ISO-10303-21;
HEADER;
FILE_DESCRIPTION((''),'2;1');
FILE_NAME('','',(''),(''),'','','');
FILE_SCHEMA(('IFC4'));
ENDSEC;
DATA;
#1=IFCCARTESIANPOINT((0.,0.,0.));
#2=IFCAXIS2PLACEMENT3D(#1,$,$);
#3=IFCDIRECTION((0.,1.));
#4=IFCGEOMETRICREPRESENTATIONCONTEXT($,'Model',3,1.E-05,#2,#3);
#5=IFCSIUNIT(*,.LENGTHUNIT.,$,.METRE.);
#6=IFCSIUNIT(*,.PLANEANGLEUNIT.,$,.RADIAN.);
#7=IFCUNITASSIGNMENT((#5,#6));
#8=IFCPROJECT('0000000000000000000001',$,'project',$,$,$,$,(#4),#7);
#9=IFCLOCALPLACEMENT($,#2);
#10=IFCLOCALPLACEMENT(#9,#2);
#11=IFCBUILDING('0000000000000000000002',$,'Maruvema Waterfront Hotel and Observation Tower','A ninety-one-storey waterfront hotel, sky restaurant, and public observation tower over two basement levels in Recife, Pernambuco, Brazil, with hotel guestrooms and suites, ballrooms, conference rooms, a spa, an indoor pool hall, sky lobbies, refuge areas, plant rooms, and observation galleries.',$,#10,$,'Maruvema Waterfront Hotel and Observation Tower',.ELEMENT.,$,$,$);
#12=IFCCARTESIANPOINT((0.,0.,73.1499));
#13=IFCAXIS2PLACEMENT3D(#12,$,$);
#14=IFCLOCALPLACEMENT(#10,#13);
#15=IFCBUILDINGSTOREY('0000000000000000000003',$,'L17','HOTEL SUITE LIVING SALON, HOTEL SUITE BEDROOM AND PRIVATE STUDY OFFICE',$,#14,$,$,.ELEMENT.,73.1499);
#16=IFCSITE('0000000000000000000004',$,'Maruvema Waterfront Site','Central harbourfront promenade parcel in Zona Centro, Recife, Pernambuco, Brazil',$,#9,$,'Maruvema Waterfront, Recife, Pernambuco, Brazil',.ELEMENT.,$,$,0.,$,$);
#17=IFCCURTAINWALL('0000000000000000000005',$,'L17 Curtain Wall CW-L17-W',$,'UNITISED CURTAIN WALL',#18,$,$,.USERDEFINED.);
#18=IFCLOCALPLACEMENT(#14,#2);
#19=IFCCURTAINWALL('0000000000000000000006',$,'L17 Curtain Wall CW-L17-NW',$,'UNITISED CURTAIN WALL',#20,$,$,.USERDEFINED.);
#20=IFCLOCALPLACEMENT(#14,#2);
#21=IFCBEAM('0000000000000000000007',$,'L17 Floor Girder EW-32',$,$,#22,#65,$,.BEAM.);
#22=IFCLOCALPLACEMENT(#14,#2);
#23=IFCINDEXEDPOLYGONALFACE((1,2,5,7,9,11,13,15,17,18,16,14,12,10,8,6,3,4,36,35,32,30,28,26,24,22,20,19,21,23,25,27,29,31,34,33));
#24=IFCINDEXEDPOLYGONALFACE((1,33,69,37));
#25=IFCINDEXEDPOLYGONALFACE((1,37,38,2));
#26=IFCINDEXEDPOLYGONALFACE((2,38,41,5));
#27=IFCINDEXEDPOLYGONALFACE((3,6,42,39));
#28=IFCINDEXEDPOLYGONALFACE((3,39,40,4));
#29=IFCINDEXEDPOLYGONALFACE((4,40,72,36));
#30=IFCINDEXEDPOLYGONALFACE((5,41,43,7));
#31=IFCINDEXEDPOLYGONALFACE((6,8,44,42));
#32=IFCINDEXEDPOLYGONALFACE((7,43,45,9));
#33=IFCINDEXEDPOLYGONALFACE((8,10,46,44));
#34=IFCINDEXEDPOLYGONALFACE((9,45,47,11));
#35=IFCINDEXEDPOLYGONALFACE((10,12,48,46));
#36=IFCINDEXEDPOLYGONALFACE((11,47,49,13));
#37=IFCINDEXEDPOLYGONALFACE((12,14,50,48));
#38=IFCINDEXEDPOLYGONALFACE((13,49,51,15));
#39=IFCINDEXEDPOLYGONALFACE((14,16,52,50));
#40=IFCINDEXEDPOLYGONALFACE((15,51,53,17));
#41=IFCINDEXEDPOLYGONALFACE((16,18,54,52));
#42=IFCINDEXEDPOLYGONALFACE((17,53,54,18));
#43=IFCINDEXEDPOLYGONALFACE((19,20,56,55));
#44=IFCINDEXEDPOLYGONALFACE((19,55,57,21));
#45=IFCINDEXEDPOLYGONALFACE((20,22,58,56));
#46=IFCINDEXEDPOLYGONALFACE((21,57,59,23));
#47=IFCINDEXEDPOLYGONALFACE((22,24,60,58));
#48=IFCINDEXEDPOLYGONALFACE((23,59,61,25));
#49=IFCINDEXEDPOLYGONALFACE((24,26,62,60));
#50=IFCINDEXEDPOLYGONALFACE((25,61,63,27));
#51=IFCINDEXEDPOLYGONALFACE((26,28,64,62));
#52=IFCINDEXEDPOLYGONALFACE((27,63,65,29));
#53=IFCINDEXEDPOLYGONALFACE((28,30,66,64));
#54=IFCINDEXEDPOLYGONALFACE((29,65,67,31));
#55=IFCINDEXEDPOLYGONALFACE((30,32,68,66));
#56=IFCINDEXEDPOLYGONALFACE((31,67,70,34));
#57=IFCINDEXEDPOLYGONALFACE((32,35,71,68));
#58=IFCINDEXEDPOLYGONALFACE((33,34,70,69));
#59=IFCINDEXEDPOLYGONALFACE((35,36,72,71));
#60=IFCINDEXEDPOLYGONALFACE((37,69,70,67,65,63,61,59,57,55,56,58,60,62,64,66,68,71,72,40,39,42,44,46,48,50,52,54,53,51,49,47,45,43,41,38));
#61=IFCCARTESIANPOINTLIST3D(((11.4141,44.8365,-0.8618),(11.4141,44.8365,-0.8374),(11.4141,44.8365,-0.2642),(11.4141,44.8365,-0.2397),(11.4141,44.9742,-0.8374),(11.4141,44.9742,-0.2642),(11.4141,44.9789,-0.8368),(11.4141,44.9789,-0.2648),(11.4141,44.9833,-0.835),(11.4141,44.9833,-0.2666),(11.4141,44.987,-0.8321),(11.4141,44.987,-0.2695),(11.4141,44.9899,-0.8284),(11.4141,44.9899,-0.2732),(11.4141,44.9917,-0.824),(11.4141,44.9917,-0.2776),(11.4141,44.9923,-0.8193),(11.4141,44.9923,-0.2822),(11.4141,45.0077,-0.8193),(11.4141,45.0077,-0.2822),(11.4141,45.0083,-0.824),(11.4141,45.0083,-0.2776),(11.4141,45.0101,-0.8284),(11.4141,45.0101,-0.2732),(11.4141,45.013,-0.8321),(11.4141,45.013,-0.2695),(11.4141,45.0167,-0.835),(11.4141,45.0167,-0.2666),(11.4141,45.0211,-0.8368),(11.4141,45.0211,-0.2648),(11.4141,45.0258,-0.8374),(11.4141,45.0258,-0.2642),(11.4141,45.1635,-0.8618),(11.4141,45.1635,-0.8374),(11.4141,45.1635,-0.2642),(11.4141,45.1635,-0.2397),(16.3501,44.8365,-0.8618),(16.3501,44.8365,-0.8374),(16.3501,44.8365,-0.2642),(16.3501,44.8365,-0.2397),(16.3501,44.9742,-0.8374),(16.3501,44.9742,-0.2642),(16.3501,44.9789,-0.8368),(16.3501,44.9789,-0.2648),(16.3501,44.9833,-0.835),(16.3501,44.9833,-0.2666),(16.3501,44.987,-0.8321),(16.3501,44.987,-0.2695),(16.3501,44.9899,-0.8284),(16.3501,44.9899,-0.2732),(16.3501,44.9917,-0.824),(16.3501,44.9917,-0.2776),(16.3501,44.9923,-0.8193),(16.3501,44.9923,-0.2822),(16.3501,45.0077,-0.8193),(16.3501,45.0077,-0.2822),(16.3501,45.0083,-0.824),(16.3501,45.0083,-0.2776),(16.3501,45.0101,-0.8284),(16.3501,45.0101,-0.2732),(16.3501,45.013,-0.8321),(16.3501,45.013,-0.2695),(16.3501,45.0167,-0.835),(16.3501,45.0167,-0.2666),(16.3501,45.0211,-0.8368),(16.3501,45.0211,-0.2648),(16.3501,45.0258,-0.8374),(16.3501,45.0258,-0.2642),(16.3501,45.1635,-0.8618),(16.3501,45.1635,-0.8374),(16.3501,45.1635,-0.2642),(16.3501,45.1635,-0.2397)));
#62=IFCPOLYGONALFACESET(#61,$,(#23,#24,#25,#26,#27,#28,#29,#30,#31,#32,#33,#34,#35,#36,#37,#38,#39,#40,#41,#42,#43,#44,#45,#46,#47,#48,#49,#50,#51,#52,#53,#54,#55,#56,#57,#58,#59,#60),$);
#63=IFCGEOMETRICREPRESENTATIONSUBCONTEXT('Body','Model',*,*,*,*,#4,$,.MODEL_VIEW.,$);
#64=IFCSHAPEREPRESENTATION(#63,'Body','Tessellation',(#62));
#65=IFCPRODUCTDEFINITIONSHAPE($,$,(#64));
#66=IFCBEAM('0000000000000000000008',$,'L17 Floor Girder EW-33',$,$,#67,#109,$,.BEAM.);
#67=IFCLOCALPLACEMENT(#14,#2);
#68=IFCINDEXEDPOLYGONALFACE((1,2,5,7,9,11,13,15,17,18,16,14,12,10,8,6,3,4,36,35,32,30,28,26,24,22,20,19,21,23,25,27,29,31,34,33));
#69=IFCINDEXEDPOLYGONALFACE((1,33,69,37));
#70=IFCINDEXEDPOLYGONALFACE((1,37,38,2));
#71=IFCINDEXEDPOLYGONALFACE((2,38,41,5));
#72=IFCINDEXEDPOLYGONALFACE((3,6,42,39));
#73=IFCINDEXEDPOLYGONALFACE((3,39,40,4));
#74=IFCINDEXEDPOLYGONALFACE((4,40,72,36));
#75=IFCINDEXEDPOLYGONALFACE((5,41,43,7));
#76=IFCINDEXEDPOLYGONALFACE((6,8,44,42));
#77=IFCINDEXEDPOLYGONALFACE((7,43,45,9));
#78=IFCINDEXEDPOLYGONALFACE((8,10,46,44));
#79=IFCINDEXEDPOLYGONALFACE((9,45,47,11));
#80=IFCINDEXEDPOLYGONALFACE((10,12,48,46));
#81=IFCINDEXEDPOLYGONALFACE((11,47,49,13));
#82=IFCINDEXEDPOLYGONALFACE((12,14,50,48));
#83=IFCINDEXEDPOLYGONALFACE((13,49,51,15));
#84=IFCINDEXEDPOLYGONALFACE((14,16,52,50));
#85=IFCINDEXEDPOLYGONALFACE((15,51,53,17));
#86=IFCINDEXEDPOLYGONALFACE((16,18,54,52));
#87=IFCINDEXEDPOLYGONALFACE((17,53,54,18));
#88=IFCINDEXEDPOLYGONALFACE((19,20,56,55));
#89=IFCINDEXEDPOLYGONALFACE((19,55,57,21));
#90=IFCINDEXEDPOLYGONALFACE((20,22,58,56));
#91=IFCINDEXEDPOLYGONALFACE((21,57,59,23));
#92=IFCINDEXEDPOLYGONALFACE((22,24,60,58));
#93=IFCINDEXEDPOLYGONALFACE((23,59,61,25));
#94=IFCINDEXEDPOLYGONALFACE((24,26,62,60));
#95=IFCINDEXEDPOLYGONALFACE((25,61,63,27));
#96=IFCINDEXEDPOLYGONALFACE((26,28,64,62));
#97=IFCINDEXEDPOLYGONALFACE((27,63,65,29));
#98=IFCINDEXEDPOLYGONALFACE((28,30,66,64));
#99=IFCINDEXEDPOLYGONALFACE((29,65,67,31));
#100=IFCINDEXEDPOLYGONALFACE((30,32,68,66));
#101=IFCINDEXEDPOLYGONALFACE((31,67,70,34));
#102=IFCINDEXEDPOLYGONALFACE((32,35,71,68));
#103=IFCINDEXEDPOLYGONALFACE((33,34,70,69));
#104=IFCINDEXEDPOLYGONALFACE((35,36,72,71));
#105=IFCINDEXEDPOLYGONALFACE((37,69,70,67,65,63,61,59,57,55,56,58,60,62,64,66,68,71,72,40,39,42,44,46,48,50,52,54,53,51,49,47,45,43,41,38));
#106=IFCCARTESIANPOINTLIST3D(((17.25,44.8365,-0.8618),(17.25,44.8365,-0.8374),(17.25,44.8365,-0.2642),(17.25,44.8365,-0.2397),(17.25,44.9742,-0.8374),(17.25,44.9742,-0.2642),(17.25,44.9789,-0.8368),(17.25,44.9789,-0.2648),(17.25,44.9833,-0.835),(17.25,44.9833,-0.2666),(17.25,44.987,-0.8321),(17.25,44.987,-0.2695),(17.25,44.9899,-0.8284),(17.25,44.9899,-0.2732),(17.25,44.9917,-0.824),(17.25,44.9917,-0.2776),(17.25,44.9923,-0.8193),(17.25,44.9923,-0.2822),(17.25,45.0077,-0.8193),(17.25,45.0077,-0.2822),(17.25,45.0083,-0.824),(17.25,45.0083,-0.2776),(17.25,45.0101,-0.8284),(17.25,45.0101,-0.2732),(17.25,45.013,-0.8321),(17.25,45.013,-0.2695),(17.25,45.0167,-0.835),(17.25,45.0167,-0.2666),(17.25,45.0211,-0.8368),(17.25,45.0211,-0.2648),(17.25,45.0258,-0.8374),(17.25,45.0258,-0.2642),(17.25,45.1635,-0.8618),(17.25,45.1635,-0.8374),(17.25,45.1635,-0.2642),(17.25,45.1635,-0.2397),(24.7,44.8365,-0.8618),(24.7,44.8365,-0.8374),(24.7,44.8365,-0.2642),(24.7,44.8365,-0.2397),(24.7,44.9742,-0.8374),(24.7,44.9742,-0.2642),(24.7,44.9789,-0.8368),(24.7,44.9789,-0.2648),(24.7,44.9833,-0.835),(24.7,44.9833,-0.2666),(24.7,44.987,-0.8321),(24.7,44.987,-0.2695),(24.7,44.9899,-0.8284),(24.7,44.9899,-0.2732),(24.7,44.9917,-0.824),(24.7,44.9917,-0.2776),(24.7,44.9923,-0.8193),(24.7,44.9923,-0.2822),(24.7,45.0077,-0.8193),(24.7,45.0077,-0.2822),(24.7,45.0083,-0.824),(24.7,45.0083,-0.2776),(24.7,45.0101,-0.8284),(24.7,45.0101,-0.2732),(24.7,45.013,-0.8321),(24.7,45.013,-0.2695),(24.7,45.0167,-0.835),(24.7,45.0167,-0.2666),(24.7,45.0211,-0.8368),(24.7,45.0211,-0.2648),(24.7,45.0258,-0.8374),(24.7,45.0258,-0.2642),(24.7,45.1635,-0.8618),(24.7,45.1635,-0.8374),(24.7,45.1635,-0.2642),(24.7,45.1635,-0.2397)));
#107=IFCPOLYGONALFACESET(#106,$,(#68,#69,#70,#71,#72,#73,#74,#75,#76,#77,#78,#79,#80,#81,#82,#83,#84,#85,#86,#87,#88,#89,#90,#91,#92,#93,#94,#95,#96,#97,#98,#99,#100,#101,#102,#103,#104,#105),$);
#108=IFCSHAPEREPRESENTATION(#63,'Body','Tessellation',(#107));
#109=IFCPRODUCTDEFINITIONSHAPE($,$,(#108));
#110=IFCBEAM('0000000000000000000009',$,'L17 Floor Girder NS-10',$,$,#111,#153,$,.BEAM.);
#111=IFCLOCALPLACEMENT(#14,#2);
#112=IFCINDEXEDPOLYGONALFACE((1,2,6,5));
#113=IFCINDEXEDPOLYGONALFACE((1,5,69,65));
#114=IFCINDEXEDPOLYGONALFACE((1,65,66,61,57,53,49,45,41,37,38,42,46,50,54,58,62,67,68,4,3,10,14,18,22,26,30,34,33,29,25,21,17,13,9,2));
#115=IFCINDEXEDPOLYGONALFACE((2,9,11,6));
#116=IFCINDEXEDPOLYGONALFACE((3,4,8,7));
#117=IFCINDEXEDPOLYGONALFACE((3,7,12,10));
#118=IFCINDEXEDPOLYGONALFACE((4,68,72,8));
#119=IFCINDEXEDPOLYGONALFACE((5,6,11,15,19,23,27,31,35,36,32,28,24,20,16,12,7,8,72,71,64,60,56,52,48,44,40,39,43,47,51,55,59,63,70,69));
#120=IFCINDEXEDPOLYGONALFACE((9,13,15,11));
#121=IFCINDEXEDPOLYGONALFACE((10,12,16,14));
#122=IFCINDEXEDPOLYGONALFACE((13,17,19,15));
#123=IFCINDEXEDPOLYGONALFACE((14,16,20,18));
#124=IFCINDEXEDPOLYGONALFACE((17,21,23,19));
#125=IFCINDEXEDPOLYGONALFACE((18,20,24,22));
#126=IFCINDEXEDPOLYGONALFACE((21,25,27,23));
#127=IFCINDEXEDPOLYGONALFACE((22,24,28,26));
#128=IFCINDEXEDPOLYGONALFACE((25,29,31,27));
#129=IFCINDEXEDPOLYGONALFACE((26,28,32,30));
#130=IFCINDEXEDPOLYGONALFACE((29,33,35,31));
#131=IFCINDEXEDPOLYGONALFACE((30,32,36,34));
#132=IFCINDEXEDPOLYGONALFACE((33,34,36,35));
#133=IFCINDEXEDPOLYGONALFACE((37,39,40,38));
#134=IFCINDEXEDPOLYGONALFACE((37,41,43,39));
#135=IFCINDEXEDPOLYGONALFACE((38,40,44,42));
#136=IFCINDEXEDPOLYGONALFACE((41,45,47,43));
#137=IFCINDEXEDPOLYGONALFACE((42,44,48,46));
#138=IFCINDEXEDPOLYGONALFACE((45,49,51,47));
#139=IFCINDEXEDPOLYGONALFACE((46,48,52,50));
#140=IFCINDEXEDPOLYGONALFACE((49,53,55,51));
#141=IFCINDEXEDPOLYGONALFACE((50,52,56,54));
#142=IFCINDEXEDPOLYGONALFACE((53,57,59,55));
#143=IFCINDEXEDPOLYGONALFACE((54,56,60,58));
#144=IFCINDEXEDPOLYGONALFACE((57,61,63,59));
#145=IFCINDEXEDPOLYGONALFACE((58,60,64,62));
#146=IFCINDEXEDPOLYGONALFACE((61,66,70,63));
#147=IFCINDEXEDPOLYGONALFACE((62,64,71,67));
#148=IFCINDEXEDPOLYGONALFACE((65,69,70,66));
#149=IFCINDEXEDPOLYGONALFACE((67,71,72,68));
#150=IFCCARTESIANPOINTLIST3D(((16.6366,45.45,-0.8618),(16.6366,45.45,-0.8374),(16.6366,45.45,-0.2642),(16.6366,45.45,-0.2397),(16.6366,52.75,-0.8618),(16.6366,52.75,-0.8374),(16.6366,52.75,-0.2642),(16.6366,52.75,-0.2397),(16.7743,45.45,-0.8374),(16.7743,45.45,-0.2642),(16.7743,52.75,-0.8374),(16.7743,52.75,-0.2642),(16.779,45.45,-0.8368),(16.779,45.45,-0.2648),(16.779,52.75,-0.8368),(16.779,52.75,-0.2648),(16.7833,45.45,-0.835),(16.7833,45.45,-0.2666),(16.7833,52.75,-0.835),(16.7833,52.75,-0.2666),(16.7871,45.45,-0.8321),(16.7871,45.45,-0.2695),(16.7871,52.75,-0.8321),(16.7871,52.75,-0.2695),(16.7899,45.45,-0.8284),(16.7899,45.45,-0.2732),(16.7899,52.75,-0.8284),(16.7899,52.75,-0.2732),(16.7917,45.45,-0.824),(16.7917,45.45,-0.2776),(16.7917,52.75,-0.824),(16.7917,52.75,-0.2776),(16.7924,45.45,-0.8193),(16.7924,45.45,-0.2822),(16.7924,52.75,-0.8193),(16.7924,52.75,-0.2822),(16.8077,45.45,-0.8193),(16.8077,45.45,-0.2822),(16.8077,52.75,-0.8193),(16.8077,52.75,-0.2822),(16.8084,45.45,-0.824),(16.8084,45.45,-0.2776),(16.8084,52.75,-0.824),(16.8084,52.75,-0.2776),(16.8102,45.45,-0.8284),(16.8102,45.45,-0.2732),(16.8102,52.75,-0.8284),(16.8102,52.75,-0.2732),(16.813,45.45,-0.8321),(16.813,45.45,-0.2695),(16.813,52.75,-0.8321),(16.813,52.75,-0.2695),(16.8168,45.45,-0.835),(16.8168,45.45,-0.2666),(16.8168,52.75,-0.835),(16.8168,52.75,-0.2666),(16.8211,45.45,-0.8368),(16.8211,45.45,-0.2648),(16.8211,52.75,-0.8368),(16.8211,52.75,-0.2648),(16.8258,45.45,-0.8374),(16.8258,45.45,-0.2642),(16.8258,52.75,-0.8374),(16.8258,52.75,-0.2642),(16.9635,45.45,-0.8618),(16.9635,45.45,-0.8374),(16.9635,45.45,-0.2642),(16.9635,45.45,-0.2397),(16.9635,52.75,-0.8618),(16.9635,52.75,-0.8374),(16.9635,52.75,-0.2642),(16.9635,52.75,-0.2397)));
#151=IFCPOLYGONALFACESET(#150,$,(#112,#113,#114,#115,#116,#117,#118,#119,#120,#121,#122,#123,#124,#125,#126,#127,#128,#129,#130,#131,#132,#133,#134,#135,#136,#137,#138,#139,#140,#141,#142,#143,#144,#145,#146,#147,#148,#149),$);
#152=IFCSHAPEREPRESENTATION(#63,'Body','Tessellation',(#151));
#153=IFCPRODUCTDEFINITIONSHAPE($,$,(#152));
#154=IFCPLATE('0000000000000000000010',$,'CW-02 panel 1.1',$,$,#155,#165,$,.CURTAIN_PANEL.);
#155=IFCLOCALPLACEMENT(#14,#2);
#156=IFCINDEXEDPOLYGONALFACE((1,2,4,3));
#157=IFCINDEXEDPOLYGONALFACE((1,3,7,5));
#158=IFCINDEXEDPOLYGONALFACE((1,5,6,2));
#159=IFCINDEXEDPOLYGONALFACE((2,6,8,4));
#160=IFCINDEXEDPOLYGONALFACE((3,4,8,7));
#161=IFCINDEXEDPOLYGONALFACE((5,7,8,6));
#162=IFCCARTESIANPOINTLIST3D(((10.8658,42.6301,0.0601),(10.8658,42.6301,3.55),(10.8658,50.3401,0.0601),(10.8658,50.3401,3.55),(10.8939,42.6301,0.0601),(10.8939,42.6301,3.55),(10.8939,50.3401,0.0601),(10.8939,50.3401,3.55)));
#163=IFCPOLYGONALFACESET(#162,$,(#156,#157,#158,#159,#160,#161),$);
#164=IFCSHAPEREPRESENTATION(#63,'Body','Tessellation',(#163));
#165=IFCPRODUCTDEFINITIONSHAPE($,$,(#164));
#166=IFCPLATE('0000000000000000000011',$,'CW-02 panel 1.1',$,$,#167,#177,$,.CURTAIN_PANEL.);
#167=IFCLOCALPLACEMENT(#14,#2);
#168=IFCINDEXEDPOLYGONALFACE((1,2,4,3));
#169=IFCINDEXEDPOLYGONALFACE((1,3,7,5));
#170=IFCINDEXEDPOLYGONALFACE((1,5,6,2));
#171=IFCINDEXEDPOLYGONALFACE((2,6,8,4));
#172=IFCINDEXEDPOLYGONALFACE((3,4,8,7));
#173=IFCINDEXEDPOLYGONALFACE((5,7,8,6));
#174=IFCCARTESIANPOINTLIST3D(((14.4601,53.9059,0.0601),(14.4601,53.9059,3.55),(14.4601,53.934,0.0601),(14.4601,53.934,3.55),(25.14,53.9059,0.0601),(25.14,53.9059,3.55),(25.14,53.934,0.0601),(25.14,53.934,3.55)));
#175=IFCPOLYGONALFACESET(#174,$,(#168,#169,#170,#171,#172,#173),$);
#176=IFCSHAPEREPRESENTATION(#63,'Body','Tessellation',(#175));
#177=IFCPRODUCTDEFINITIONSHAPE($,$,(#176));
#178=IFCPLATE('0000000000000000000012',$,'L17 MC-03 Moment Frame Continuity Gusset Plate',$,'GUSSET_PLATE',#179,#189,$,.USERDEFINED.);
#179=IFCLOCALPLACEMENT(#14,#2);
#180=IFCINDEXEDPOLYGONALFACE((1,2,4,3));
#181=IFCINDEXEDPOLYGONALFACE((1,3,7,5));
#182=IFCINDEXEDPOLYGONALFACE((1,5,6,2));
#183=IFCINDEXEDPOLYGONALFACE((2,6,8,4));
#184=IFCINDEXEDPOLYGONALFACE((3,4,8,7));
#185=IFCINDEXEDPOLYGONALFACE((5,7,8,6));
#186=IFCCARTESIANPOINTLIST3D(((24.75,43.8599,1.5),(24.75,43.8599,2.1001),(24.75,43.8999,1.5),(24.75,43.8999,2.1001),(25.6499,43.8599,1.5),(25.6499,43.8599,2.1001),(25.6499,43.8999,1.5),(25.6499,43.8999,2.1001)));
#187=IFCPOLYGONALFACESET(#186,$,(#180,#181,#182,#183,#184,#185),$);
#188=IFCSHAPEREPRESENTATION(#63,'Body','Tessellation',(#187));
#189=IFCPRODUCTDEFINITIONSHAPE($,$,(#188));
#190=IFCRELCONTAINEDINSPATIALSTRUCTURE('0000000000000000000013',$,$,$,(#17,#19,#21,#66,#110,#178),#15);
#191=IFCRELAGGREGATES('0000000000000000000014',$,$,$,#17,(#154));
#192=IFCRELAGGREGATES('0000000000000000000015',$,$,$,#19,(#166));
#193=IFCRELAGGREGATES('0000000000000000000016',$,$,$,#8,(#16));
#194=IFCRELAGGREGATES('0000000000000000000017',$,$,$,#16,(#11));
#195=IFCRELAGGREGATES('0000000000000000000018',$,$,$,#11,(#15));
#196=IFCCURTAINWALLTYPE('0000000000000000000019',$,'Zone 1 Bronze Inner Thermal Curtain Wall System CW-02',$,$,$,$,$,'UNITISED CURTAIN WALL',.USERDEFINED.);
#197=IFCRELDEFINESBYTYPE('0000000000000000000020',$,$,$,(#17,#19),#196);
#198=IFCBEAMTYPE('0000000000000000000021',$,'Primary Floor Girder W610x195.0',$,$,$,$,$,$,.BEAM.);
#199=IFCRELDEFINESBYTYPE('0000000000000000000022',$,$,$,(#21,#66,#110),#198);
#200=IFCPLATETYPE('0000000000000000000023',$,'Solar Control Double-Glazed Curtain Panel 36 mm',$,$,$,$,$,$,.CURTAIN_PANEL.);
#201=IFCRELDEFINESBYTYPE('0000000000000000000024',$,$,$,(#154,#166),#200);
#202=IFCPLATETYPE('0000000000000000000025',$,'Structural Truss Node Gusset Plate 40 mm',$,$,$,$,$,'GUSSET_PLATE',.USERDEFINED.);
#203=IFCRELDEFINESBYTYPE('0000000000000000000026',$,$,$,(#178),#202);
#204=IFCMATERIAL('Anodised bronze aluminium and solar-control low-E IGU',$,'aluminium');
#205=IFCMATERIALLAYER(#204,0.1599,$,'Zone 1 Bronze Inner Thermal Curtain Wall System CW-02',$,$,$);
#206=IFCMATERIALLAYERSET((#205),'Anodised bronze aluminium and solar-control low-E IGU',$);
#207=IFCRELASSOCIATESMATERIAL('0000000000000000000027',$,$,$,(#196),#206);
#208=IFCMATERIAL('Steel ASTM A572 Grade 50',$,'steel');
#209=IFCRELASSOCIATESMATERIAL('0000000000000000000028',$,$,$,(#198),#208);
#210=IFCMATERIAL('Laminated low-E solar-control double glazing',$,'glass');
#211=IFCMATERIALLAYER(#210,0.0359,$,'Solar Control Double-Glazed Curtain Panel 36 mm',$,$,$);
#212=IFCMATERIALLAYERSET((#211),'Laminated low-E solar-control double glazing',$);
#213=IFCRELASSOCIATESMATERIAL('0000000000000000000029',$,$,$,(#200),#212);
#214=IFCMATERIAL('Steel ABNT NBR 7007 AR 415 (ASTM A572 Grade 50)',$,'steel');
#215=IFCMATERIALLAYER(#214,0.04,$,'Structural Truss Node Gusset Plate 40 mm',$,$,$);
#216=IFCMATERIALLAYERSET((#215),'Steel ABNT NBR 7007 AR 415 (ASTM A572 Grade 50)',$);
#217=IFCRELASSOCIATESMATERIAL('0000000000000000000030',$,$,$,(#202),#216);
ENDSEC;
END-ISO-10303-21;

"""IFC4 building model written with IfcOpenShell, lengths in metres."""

from ifc_helpers import new_model, si_unit, direction, frame, origin, origin_2d, place, context, subcontext, project, spatial, rectangle, i_section, extrude, material, layer, layer_set, material_profile, profile_set, type_object, element, aggregate, save


model = new_model("IFC4")

# Units and contexts
model_context = context("Model", 3, precision=1e-05, world=origin(), true_north=direction((0.0, 1.0)))
body_context = subcontext(model_context, "Body", "Model", "MODEL_VIEW")
ifc_project = project(units=[si_unit("LENGTHUNIT", "METRE"), si_unit("PLANEANGLEUNIT", "RADIAN")], contexts=[model_context])

# Site, building, storey
site_placement = place(None, origin())
site = spatial("IfcSite", under=ifc_project, at=site_placement, Name="Maruvema Waterfront Site", Description="Central harbourfront promenade parcel in Zona Centro, Recife, Pernambuco, Brazil", LongName="Maruvema Waterfront, Recife, Pernambuco, Brazil", CompositionType="ELEMENT", RefElevation=0.0)
building_placement = place(site_placement, origin())
building = spatial("IfcBuilding", under=site, at=building_placement, Name="Maruvema Waterfront Hotel and Observation Tower", Description="A ninety-one-storey waterfront hotel, sky restaurant, and public observation tower over two basement levels in Recife, Pernambuco, Brazil, with hotel guestrooms and suites, ballrooms, conference rooms, a spa, an indoor pool hall, sky lobbies, refuge areas, plant rooms, and observation galleries.", LongName="Maruvema Waterfront Hotel and Observation Tower", CompositionType="ELEMENT")
storey_placement = place(building_placement, frame((0.0, 0.0, 73.1499)))
storey = spatial("IfcBuildingStorey", under=building, at=storey_placement, Name="L17", Description="HOTEL SUITE LIVING SALON, HOTEL SUITE BEDROOM AND PRIVATE STUDY OFFICE", CompositionType="ELEMENT", Elevation=73.1499)

# Curtain walls
ifc_material_1 = material(Name="Anodised bronze aluminium and solar-control low-E IGU", Category="aluminium")
ifc_layer_1 = layer(ifc_material_1, 0.1599, Name="Zone 1 Bronze Inner Thermal Curtain Wall System CW-02")
ifc_layer_set_1 = layer_set([ifc_layer_1], Name="Anodised bronze aluminium and solar-control low-E IGU")
curtain_wall_type = type_object("IfcCurtainWallType", Name="Zone 1 Bronze Inner Thermal Curtain Wall System CW-02", ElementType="UNITISED CURTAIN WALL", PredefinedType="USERDEFINED", material=ifc_layer_set_1)
curtain_wall_1_placement = place(storey_placement, origin())
curtain_wall_1 = element("IfcCurtainWall", 1, at=curtain_wall_1_placement, inside=storey, type_object=curtain_wall_type, Name="L17 Curtain Wall CW-L17-W", ObjectType="UNITISED CURTAIN WALL", PredefinedType="USERDEFINED")
curtain_wall_2_placement = place(storey_placement, origin())
curtain_wall_2 = element("IfcCurtainWall", 2, at=curtain_wall_2_placement, inside=storey, type_object=curtain_wall_type, Name="L17 Curtain Wall CW-L17-NW", ObjectType="UNITISED CURTAIN WALL", PredefinedType="USERDEFINED")

# Beams
ifc_material_2 = material(Name="Steel ASTM A572 Grade 50", Category="steel")
ifc_material_profile_1 = material_profile(ifc_material_2, i_section(OverallWidth=0.3269, OverallDepth=0.6221, WebThickness=0.0154, FlangeThickness=0.0244, FilletRadius=0.0181, at=origin_2d()), Name="W610x195.0")
ifc_profile_set_1 = profile_set([ifc_material_profile_1], Name="Steel ASTM A572 Grade 50")
beam_type = type_object("IfcBeamType", Name="Primary Floor Girder W610x195.0", PredefinedType="BEAM", material=ifc_profile_set_1)
beam_1_placement = place(storey_placement, frame((11.4141, 45.0, -0.5508), z_axis=(1.0, 0.0, 0.0), x_axis=(0.0, 1.0, 0.0)))
element("IfcBeam", 3, at=beam_1_placement, inside=storey, type_object=beam_type, Name="L17 Floor Girder EW-32", PredefinedType="BEAM", context=body_context, shape_type="SweptSolid", body=[
    extrude(i_section(OverallWidth=0.3269, OverallDepth=0.6221, WebThickness=0.0154, FlangeThickness=0.0244, FilletRadius=0.0181, at=origin_2d()), origin(), (0.0, 0.0, 1.0), 4.936),
])
beam_2_placement = place(storey_placement, frame((17.25, 45.0, -0.5508), z_axis=(1.0, 0.0, 0.0), x_axis=(0.0, 1.0, 0.0)))
element("IfcBeam", 4, at=beam_2_placement, inside=storey, type_object=beam_type, Name="L17 Floor Girder EW-33", PredefinedType="BEAM", context=body_context, shape_type="SweptSolid", body=[
    extrude(i_section(OverallWidth=0.3269, OverallDepth=0.6221, WebThickness=0.0154, FlangeThickness=0.0244, FilletRadius=0.0181, at=origin_2d()), origin(), (0.0, 0.0, 1.0), 7.45),
])
beam_3_placement = place(storey_placement, frame((16.8, 45.45, -0.5508), z_axis=(0.0, 1.0, 0.0), x_axis=(-1.0, 0.0, 0.0)))
element("IfcBeam", 5, at=beam_3_placement, inside=storey, type_object=beam_type, Name="L17 Floor Girder NS-10", PredefinedType="BEAM", context=body_context, shape_type="SweptSolid", body=[
    extrude(i_section(OverallWidth=0.3269, OverallDepth=0.6221, WebThickness=0.0154, FlangeThickness=0.0244, FilletRadius=0.0181, at=origin_2d()), origin(), (0.0, 0.0, 1.0), 7.3),
])

# Plates
ifc_material_3 = material(Name="Laminated low-E solar-control double glazing", Category="glass")
ifc_layer_2 = layer(ifc_material_3, 0.0359, Name="Solar Control Double-Glazed Curtain Panel 36 mm")
ifc_layer_set_2 = layer_set([ifc_layer_2], Name="Laminated low-E solar-control double glazing")
plate_type_1 = type_object("IfcPlateType", Name="Solar Control Double-Glazed Curtain Panel 36 mm", PredefinedType="CURTAIN_PANEL", material=ifc_layer_set_2)
plate_1_placement = place(storey_placement, frame((10.8799, 46.4851, 0.0601), z_axis=(0.0, 0.0, 1.0), x_axis=(0.0, -1.0, 0.0)))
plate_1 = element("IfcPlate", 6, at=plate_1_placement, type_object=plate_type_1, Name="CW-02 panel 1.1", PredefinedType="CURTAIN_PANEL", context=body_context, shape_type="SweptSolid", body=[
    extrude(rectangle(XDim=7.71, YDim=0.0281, at=origin_2d()), origin(), (0.0, 0.0, 1.0), 3.49),
])
aggregate(curtain_wall_1, [plate_1])
plate_2_placement = place(storey_placement, frame((19.8, 53.9199, 0.0601), z_axis=(0.0, 0.0, 1.0), x_axis=(-1.0, 0.0, 0.0)))
plate_2 = element("IfcPlate", 7, at=plate_2_placement, type_object=plate_type_1, Name="CW-02 panel 1.1", PredefinedType="CURTAIN_PANEL", context=body_context, shape_type="SweptSolid", body=[
    extrude(rectangle(XDim=10.6799, YDim=0.0281, at=origin_2d()), origin(), (0.0, 0.0, 1.0), 3.49),
])
aggregate(curtain_wall_2, [plate_2])
ifc_material_4 = material(Name="Steel ABNT NBR 7007 AR 415 (ASTM A572 Grade 50)", Category="steel")
ifc_layer_3 = layer(ifc_material_4, 0.04, Name="Structural Truss Node Gusset Plate 40 mm")
ifc_layer_set_3 = layer_set([ifc_layer_3], Name="Steel ABNT NBR 7007 AR 415 (ASTM A572 Grade 50)")
plate_type_2 = type_object("IfcPlateType", Name="Structural Truss Node Gusset Plate 40 mm", ElementType="GUSSET_PLATE", PredefinedType="USERDEFINED", material=ifc_layer_set_3)
plate_3_placement = place(storey_placement, frame((25.2, 43.8799, 1.5), z_axis=(0.0, 0.0, 1.0), x_axis=(1.0, 0.0, 0.0)))
element("IfcPlate", 8, at=plate_3_placement, inside=storey, type_object=plate_type_2, Name="L17 MC-03 Moment Frame Continuity Gusset Plate", ObjectType="GUSSET_PLATE", PredefinedType="USERDEFINED", context=body_context, shape_type="SweptSolid", body=[
    extrude(rectangle(XDim=0.8999, YDim=0.04, at=origin_2d()), origin(), (0.0, 0.0, 1.0), 0.6001),
])

save(model, "model.ifc")
